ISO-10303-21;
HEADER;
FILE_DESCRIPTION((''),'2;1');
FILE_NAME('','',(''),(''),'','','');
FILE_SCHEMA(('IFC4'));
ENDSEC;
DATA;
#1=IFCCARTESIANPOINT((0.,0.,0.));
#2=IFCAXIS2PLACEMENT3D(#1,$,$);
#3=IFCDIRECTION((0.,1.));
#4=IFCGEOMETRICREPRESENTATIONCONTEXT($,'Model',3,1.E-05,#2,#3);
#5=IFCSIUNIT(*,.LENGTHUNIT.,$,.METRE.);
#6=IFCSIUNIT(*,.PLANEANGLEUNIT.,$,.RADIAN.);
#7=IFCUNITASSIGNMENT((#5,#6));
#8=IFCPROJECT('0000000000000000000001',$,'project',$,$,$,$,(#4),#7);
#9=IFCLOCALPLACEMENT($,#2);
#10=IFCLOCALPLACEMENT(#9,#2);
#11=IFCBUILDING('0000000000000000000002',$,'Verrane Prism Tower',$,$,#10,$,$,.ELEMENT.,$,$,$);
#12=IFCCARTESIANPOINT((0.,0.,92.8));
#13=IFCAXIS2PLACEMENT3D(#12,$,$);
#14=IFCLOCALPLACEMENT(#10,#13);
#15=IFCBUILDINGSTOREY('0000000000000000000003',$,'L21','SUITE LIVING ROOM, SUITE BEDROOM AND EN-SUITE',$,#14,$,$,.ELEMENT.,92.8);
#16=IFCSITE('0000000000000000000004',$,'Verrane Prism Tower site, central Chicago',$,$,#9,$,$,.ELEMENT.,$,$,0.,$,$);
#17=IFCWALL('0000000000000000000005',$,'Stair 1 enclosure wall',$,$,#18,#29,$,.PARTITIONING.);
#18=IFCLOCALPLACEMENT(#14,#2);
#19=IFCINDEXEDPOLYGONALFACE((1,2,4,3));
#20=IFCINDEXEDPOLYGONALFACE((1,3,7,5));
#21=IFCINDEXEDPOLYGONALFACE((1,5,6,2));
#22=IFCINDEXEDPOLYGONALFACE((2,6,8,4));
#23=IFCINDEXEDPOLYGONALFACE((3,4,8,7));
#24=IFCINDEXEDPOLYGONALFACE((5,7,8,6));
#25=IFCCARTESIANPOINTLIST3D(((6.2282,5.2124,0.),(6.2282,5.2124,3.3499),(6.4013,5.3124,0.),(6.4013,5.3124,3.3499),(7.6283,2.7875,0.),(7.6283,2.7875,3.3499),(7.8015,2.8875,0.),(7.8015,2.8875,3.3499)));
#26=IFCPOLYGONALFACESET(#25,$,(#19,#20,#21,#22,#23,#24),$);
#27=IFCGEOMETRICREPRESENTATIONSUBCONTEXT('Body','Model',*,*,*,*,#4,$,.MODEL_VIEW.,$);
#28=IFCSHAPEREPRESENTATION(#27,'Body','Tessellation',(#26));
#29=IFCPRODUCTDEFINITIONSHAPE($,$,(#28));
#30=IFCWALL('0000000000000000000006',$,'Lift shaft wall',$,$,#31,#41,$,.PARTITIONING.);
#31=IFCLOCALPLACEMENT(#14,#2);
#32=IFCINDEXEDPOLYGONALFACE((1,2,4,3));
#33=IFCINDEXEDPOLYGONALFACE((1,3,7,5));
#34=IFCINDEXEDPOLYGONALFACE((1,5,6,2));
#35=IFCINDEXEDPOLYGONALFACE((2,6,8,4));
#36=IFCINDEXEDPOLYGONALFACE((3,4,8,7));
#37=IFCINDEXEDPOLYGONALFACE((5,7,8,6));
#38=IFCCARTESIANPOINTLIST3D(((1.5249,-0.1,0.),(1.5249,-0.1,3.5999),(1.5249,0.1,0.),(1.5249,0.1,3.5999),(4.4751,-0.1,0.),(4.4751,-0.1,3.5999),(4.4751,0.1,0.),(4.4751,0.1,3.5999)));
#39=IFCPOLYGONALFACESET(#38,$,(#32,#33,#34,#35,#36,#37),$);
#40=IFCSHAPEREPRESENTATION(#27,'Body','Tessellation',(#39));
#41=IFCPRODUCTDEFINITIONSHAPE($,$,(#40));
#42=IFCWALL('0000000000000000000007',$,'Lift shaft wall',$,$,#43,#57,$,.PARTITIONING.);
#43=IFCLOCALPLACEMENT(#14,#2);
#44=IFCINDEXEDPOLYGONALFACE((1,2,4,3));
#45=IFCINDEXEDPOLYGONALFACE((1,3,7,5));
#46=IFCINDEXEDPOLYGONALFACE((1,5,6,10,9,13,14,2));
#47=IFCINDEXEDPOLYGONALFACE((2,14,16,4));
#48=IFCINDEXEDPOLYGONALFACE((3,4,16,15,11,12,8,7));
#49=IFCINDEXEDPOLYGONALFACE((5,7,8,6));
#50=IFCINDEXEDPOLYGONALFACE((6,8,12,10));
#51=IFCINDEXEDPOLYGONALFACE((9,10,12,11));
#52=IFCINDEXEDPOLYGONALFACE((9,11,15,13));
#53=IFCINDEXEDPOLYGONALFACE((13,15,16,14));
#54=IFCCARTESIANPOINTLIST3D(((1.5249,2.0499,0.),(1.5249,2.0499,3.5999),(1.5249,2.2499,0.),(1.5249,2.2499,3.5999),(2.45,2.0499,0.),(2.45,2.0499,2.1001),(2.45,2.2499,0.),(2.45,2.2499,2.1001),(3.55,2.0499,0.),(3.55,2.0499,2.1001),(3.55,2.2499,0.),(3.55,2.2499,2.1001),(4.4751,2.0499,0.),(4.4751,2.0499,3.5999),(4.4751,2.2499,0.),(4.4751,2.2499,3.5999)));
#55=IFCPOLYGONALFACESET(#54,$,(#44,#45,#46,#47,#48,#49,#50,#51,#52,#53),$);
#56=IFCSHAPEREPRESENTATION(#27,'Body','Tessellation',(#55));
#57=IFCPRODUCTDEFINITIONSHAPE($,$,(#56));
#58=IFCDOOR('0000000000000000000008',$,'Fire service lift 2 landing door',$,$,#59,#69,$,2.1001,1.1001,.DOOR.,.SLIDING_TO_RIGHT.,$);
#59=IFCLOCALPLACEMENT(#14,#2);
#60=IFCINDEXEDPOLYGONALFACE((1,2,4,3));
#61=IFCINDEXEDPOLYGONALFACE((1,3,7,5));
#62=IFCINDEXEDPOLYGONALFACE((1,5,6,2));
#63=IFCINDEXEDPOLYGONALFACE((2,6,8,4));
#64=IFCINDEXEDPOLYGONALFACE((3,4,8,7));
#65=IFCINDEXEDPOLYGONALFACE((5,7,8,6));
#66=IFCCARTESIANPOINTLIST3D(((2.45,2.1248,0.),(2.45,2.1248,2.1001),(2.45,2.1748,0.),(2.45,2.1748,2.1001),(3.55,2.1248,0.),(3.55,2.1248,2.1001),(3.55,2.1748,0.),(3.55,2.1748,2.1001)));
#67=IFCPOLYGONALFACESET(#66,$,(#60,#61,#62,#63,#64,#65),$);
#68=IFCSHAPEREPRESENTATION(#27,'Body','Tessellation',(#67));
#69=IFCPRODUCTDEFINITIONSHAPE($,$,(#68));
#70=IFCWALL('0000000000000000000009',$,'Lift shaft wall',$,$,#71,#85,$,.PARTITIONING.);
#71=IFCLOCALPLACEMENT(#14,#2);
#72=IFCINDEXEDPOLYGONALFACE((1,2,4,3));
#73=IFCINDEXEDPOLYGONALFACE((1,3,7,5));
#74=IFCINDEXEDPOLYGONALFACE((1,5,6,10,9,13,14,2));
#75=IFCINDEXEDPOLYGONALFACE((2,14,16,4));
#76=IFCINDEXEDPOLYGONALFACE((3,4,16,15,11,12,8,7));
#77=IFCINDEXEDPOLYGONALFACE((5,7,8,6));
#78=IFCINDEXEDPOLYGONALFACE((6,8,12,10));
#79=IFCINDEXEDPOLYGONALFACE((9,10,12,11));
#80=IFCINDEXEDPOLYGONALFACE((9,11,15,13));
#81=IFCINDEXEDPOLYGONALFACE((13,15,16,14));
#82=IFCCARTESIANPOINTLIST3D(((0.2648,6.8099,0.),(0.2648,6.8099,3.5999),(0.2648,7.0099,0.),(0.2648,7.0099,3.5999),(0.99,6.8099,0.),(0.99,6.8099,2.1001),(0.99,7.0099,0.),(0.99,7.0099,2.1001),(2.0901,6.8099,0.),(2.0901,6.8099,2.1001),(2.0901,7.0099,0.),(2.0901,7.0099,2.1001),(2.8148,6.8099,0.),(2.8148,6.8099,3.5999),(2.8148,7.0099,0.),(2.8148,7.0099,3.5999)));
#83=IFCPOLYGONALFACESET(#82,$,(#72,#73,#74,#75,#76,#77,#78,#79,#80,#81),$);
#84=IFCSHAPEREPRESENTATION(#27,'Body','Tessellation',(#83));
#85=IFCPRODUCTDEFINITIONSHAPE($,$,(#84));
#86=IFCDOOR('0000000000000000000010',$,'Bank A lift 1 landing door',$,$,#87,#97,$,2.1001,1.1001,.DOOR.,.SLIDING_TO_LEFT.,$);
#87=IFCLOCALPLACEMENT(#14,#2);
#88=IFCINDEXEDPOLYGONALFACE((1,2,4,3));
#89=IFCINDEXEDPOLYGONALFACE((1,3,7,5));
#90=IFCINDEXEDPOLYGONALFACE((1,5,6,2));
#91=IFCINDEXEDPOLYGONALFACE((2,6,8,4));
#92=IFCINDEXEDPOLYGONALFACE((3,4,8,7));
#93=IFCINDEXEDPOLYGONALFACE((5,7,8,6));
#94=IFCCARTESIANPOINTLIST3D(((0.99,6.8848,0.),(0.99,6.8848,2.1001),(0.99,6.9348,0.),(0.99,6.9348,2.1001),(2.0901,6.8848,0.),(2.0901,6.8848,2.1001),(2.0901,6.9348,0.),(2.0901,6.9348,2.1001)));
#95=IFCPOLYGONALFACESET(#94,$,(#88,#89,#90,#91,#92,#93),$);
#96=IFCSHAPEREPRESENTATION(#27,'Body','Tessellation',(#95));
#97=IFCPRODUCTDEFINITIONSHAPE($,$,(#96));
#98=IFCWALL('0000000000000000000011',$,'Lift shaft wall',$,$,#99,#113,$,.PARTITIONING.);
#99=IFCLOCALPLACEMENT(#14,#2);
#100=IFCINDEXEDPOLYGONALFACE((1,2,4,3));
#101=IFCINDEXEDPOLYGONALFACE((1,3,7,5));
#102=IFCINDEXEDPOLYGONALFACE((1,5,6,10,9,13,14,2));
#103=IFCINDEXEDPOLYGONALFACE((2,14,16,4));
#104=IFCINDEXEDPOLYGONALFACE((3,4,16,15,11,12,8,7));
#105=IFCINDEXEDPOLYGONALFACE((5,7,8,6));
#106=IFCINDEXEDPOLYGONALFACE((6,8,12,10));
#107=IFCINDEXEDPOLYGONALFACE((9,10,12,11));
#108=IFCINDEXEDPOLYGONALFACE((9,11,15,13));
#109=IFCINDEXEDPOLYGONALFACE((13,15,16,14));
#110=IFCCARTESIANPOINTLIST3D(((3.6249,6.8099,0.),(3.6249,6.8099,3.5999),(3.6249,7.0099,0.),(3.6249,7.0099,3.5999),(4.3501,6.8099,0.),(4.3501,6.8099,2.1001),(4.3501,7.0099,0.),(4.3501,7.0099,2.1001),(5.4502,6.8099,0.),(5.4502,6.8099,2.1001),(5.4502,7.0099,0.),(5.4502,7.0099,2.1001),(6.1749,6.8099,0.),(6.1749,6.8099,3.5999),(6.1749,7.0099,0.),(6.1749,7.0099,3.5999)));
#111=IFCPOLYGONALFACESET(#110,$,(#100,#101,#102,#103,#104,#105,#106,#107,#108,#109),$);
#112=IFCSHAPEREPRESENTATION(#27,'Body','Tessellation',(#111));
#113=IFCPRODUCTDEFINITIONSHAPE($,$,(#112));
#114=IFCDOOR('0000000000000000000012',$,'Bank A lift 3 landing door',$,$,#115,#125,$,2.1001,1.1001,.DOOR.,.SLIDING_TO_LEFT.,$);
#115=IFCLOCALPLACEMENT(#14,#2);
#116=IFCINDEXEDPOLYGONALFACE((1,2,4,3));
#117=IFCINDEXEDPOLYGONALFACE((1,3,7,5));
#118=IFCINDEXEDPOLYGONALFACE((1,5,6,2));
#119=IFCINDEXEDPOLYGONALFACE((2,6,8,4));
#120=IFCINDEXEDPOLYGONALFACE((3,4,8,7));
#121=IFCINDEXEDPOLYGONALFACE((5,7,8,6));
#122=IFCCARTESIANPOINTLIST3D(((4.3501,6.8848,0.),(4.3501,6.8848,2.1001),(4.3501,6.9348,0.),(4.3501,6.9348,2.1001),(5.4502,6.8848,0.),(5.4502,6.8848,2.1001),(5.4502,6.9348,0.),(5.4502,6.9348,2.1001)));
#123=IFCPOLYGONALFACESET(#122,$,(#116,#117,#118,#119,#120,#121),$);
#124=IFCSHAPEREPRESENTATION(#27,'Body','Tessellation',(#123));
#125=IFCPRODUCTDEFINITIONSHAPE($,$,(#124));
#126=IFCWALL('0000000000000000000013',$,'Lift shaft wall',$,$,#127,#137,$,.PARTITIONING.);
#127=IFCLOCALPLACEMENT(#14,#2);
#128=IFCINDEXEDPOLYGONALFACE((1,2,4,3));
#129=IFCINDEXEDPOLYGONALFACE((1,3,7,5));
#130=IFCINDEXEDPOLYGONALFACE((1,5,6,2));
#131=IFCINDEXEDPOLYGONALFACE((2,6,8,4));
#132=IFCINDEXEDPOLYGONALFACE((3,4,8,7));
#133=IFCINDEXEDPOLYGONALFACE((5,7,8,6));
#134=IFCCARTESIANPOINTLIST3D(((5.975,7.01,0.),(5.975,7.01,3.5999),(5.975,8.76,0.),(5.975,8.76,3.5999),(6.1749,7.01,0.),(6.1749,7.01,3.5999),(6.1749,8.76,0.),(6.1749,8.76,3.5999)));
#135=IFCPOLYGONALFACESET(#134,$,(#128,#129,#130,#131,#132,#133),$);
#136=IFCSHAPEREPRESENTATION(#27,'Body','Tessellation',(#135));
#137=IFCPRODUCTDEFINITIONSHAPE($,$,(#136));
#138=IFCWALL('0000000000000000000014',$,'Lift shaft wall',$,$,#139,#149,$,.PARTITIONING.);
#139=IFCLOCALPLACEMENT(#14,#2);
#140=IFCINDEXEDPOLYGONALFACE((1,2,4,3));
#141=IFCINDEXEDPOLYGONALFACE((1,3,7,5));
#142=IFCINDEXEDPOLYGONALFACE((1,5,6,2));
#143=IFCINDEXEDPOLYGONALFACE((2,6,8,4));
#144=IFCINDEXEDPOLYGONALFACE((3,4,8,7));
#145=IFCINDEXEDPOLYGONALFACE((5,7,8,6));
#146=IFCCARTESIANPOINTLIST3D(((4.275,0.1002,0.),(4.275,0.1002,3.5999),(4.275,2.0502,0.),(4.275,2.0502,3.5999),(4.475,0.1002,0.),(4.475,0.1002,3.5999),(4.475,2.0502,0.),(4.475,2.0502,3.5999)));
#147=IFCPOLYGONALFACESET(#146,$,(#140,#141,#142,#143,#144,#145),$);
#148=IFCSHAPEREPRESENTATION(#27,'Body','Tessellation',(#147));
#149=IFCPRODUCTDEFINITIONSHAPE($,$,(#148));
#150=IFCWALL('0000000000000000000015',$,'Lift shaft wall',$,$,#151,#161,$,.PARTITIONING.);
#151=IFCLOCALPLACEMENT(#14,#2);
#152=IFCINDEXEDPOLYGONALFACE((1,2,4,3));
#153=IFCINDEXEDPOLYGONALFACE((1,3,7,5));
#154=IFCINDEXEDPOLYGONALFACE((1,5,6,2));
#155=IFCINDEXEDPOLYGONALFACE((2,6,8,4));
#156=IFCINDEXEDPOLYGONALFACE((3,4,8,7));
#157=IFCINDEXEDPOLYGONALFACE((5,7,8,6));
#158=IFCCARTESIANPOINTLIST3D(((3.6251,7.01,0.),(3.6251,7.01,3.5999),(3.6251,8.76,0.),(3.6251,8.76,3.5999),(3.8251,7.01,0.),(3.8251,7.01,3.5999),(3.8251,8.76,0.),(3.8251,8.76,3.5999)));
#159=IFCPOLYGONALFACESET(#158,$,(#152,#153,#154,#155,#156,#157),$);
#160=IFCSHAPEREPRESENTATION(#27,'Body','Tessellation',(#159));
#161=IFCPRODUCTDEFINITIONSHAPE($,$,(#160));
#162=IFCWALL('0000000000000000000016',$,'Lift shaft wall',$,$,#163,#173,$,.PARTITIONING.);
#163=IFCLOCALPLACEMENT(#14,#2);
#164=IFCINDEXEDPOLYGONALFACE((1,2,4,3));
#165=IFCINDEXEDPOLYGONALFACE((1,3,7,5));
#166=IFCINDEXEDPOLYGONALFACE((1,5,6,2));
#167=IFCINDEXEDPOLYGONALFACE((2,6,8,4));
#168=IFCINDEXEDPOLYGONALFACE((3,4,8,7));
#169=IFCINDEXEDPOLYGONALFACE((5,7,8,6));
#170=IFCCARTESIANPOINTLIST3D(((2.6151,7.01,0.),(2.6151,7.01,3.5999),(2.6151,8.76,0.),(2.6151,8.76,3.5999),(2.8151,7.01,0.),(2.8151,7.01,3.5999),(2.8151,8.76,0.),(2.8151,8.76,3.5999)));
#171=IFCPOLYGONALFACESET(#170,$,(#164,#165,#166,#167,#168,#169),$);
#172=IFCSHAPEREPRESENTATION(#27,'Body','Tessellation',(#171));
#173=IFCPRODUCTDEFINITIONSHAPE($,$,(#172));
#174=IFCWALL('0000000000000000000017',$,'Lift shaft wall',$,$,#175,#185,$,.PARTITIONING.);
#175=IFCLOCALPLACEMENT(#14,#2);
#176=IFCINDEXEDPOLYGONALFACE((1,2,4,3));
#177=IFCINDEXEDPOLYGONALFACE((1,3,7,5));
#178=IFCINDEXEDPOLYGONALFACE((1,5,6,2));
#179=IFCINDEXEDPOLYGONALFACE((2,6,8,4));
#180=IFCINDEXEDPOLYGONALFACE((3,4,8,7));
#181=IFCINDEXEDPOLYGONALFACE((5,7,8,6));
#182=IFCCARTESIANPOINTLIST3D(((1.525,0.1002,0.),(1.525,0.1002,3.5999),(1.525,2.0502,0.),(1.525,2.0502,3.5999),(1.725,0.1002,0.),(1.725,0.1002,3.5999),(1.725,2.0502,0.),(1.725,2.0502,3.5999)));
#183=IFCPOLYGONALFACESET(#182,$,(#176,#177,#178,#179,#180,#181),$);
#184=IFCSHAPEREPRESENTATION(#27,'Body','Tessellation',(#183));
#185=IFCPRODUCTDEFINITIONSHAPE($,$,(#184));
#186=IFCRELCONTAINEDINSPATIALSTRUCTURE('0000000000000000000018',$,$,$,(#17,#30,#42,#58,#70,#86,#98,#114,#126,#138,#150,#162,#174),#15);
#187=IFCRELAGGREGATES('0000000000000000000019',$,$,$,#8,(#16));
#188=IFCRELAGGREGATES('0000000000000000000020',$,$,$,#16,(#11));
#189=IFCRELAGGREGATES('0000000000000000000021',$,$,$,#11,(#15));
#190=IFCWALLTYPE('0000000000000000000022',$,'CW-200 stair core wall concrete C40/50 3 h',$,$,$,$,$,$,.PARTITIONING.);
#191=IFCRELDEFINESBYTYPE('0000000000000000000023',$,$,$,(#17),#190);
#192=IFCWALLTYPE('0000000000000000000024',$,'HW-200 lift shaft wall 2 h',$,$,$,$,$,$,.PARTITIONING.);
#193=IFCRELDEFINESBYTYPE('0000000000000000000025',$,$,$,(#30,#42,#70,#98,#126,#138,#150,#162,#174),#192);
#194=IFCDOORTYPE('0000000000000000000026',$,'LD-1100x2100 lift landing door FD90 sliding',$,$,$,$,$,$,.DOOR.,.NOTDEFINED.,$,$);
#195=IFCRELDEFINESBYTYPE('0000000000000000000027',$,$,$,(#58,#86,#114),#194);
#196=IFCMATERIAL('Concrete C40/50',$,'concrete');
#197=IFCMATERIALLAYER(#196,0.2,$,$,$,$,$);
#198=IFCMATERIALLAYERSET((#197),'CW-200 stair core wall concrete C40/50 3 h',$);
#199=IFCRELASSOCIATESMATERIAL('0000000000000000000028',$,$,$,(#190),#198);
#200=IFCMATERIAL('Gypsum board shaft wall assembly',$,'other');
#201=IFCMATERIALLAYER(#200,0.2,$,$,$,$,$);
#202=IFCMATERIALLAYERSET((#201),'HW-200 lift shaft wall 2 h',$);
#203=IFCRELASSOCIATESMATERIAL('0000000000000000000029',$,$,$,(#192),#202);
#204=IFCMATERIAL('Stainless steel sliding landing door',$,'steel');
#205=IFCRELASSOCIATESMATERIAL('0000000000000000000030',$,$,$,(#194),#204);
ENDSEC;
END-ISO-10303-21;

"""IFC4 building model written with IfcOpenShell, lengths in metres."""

from ifc_helpers import new_model, si_unit, direction, frame, frame_2d, origin, place, context, subcontext, project, spatial, rectangle, extrude, material, layer, layer_set, type_object, element, fill, save


model = new_model("IFC4")

# Units and contexts
model_context = context("Model", 3, precision=1e-05, world=origin(), true_north=direction((0.0, 1.0)))
body_context = subcontext(model_context, "Body", "Model", "MODEL_VIEW")
ifc_project = project(units=[si_unit("LENGTHUNIT", "METRE"), si_unit("PLANEANGLEUNIT", "RADIAN")], contexts=[model_context])

# Site, building, storey
site_placement = place(None, origin())
site = spatial("IfcSite", under=ifc_project, at=site_placement, Name="Verrane Prism Tower site, central Chicago", CompositionType="ELEMENT", RefElevation=0.0)
building_placement = place(site_placement, origin())
building = spatial("IfcBuilding", under=site, at=building_placement, Name="Verrane Prism Tower", CompositionType="ELEMENT")
storey_placement = place(building_placement, frame((0.0, 0.0, 92.8)))
storey = spatial("IfcBuildingStorey", under=building, at=storey_placement, Name="L21", Description="SUITE LIVING ROOM, SUITE BEDROOM AND EN-SUITE", CompositionType="ELEMENT", Elevation=92.8)

# Walls
ifc_material_1 = material(Name="Concrete C40/50", Category="concrete")
ifc_layer_1 = layer(ifc_material_1, 0.2)
ifc_layer_set_1 = layer_set([ifc_layer_1], Name="CW-200 stair core wall concrete C40/50 3 h")
wall_type_1 = type_object("IfcWallType", Name="CW-200 stair core wall concrete C40/50 3 h", PredefinedType="PARTITIONING", material=ifc_layer_set_1)
wall_1_placement = place(storey_placement, frame((7.7148, 2.8376, 0.0), z_axis=(0.0, 0.0, 1.0), x_axis=(-0.50005, 0.865997, 0.0)))
element("IfcWall", 1, at=wall_1_placement, inside=storey, type_object=wall_type_1, Name="Stair 1 enclosure wall", PredefinedType="PARTITIONING", context=body_context, shape_type="SweptSolid", body=[
    extrude(rectangle(XDim=2.8, YDim=0.2, at=frame_2d((1.3999, 0.0))), origin(), (0.0, 0.0, 1.0), 3.3499),
])
ifc_material_2 = material(Name="Gypsum board shaft wall assembly", Category="other")
ifc_layer_2 = layer(ifc_material_2, 0.2)
ifc_layer_set_2 = layer_set([ifc_layer_2], Name="HW-200 lift shaft wall 2 h")
wall_type_2 = type_object("IfcWallType", Name="HW-200 lift shaft wall 2 h", PredefinedType="PARTITIONING", material=ifc_layer_set_2)
wall_2_placement = place(storey_placement, frame((1.5249, 0.0, 0.0), z_axis=(0.0, 0.0, 1.0), x_axis=(1.0, 0.0, 0.0)))
element("IfcWall", 2, at=wall_2_placement, inside=storey, type_object=wall_type_2, Name="Lift shaft wall", PredefinedType="PARTITIONING", context=body_context, shape_type="SweptSolid", body=[
    extrude(rectangle(XDim=2.9502, YDim=0.2, at=frame_2d((1.4751, 0.0))), origin(), (0.0, 0.0, 1.0), 3.5999),
])

# Walls, openings, doors
wall_3_placement = place(storey_placement, frame((1.5249, 2.1499, 0.0), z_axis=(0.0, 0.0, 1.0), x_axis=(1.0, 0.0, 0.0)))
wall_3 = element("IfcWall", 3, at=wall_3_placement, inside=storey, type_object=wall_type_2, Name="Lift shaft wall", PredefinedType="PARTITIONING", context=body_context, shape_type="SweptSolid", body=[
    extrude(rectangle(XDim=2.9502, YDim=0.2, at=frame_2d((1.4751, 0.0))), origin(), (0.0, 0.0, 1.0), 3.5999),
])
opening_1_placement = place(wall_3_placement, frame((0.925, 0.0, 0.0)))
opening_1 = element("IfcOpeningElement", 4, at=opening_1_placement, cuts=wall_3, PredefinedType="OPENING", context=body_context, shape_type="SweptSolid", body=[
    extrude(rectangle(XDim=1.1001, YDim=2.1001, at=frame_2d((0.55, 1.05))), frame((0.0, 0.1099, 0.0), z_axis=(0.0, -1.0, 0.0), x_axis=(1.0, 0.0, 0.0)), (0.0, 0.0, 1.0), 0.22),
])
ifc_material_3 = material(Name="Stainless steel sliding landing door", Category="steel")
door_type_1 = type_object("IfcDoorType", Name="LD-1100x2100 lift landing door FD90 sliding", OperationType="NOTDEFINED", PredefinedType="DOOR", material=ifc_material_3)
door_1_placement = place(opening_1_placement, origin())
door_1 = element("IfcDoor", 5, at=door_1_placement, inside=storey, type_object=door_type_1, Name="Fire service lift 2 landing door", OperationType="SLIDING_TO_RIGHT", OverallHeight=2.1001, OverallWidth=1.1001, PredefinedType="DOOR", context=body_context, shape_type="SweptSolid", body=[
    extrude(rectangle(XDim=1.1001, YDim=2.1001, at=frame_2d((0.55, 1.05))), frame((0.0, 0.0249, 0.0), z_axis=(0.0, -1.0, 0.0), x_axis=(1.0, 0.0, 0.0)), (0.0, 0.0, 1.0), 0.05),
])
fill(opening_1, door_1)
wall_4_placement = place(storey_placement, frame((0.2649, 6.9099, 0.0), z_axis=(0.0, 0.0, 1.0), x_axis=(1.0, 0.0, 0.0)))
wall_4 = element("IfcWall", 6, at=wall_4_placement, inside=storey, type_object=wall_type_2, Name="Lift shaft wall", PredefinedType="PARTITIONING", context=body_context, shape_type="SweptSolid", body=[
    extrude(rectangle(XDim=2.55, YDim=0.2, at=frame_2d((1.2749, 0.0))), origin(), (0.0, 0.0, 1.0), 3.5999),
])
opening_2_placement = place(wall_4_placement, frame((0.7251, 0.0, 0.0)))
opening_2 = element("IfcOpeningElement", 7, at=opening_2_placement, cuts=wall_4, PredefinedType="OPENING", context=body_context, shape_type="SweptSolid", body=[
    extrude(rectangle(XDim=1.1001, YDim=2.1001, at=frame_2d((0.55, 1.05))), frame((0.0, 0.1099, 0.0), z_axis=(0.0, -1.0, 0.0), x_axis=(1.0, 0.0, 0.0)), (0.0, 0.0, 1.0), 0.22),
])
door_2_placement = place(opening_2_placement, origin())
door_2 = element("IfcDoor", 8, at=door_2_placement, inside=storey, type_object=door_type_1, Name="Bank A lift 1 landing door", OperationType="SLIDING_TO_LEFT", OverallHeight=2.1001, OverallWidth=1.1001, PredefinedType="DOOR", context=body_context, shape_type="SweptSolid", body=[
    extrude(rectangle(XDim=1.1001, YDim=2.1001, at=frame_2d((0.55, 1.05))), frame((0.0, 0.0249, 0.0), z_axis=(0.0, -1.0, 0.0), x_axis=(1.0, 0.0, 0.0)), (0.0, 0.0, 1.0), 0.05),
])
fill(opening_2, door_2)
wall_5_placement = place(storey_placement, frame((3.625, 6.9099, 0.0), z_axis=(0.0, 0.0, 1.0), x_axis=(1.0, 0.0, 0.0)))
wall_5 = element("IfcWall", 9, at=wall_5_placement, inside=storey, type_object=wall_type_2, Name="Lift shaft wall", PredefinedType="PARTITIONING", context=body_context, shape_type="SweptSolid", body=[
    extrude(rectangle(XDim=2.55, YDim=0.2, at=frame_2d((1.2749, 0.0))), origin(), (0.0, 0.0, 1.0), 3.5999),
])
opening_3_placement = place(wall_5_placement, frame((0.7251, 0.0, 0.0)))
opening_3 = element("IfcOpeningElement", 10, at=opening_3_placement, cuts=wall_5, PredefinedType="OPENING", context=body_context, shape_type="SweptSolid", body=[
    extrude(rectangle(XDim=1.1001, YDim=2.1001, at=frame_2d((0.55, 1.05))), frame((0.0, 0.1099, 0.0), z_axis=(0.0, -1.0, 0.0), x_axis=(1.0, 0.0, 0.0)), (0.0, 0.0, 1.0), 0.22),
])
door_3_placement = place(opening_3_placement, origin())
door_3 = element("IfcDoor", 11, at=door_3_placement, inside=storey, type_object=door_type_1, Name="Bank A lift 3 landing door", OperationType="SLIDING_TO_LEFT", OverallHeight=2.1001, OverallWidth=1.1001, PredefinedType="DOOR", context=body_context, shape_type="SweptSolid", body=[
    extrude(rectangle(XDim=1.1001, YDim=2.1001, at=frame_2d((0.55, 1.05))), frame((0.0, 0.0249, 0.0), z_axis=(0.0, -1.0, 0.0), x_axis=(1.0, 0.0, 0.0)), (0.0, 0.0, 1.0), 0.05),
])
fill(opening_3, door_3)

# Walls
wall_6_placement = place(storey_placement, frame((6.075, 7.01, 0.0), z_axis=(0.0, 0.0, 1.0), x_axis=(0.0, 1.0, 0.0)))
element("IfcWall", 12, at=wall_6_placement, inside=storey, type_object=wall_type_2, Name="Lift shaft wall", PredefinedType="PARTITIONING", context=body_context, shape_type="SweptSolid", body=[
    extrude(rectangle(XDim=1.75, YDim=0.2, at=frame_2d((0.875, 0.0))), origin(), (0.0, 0.0, 1.0), 3.5999),
])
wall_7_placement = place(storey_placement, frame((4.375, 0.1001, 0.0), z_axis=(0.0, 0.0, 1.0), x_axis=(0.0, 1.0, 0.0)))
element("IfcWall", 13, at=wall_7_placement, inside=storey, type_object=wall_type_2, Name="Lift shaft wall", PredefinedType="PARTITIONING", context=body_context, shape_type="SweptSolid", body=[
    extrude(rectangle(XDim=1.95, YDim=0.2, at=frame_2d((0.9751, 0.0))), origin(), (0.0, 0.0, 1.0), 3.5999),
])
for number, where, z_axis, x_axis, name in (
    (14, (3.7251, 7.01, 0.0), (0.0, 0.0, 1.0), (0.0, 1.0, 0.0), "Lift shaft wall"),
    (15, (2.7151, 7.01, 0.0), (0.0, 0.0, 1.0), (0.0, 1.0, 0.0), "Lift shaft wall"),
):
    element("IfcWall", number, at=place(storey_placement, frame(where, z_axis=z_axis, x_axis=x_axis)), inside=storey, type_object=wall_type_2, Name=name, PredefinedType="PARTITIONING", context=body_context, shape_type="SweptSolid", body=[
        extrude(rectangle(XDim=1.75, YDim=0.2, at=frame_2d((0.875, 0.0))), origin(), (0.0, 0.0, 1.0), 3.5999),
    ])
wall_8_placement = place(storey_placement, frame((1.625, 0.1001, 0.0), z_axis=(0.0, 0.0, 1.0), x_axis=(0.0, 1.0, 0.0)))
element("IfcWall", 16, at=wall_8_placement, inside=storey, type_object=wall_type_2, Name="Lift shaft wall", PredefinedType="PARTITIONING", context=body_context, shape_type="SweptSolid", body=[
    extrude(rectangle(XDim=1.95, YDim=0.2, at=frame_2d((0.9751, 0.0))), origin(), (0.0, 0.0, 1.0), 3.5999),
])

save(model, "model.ifc")
